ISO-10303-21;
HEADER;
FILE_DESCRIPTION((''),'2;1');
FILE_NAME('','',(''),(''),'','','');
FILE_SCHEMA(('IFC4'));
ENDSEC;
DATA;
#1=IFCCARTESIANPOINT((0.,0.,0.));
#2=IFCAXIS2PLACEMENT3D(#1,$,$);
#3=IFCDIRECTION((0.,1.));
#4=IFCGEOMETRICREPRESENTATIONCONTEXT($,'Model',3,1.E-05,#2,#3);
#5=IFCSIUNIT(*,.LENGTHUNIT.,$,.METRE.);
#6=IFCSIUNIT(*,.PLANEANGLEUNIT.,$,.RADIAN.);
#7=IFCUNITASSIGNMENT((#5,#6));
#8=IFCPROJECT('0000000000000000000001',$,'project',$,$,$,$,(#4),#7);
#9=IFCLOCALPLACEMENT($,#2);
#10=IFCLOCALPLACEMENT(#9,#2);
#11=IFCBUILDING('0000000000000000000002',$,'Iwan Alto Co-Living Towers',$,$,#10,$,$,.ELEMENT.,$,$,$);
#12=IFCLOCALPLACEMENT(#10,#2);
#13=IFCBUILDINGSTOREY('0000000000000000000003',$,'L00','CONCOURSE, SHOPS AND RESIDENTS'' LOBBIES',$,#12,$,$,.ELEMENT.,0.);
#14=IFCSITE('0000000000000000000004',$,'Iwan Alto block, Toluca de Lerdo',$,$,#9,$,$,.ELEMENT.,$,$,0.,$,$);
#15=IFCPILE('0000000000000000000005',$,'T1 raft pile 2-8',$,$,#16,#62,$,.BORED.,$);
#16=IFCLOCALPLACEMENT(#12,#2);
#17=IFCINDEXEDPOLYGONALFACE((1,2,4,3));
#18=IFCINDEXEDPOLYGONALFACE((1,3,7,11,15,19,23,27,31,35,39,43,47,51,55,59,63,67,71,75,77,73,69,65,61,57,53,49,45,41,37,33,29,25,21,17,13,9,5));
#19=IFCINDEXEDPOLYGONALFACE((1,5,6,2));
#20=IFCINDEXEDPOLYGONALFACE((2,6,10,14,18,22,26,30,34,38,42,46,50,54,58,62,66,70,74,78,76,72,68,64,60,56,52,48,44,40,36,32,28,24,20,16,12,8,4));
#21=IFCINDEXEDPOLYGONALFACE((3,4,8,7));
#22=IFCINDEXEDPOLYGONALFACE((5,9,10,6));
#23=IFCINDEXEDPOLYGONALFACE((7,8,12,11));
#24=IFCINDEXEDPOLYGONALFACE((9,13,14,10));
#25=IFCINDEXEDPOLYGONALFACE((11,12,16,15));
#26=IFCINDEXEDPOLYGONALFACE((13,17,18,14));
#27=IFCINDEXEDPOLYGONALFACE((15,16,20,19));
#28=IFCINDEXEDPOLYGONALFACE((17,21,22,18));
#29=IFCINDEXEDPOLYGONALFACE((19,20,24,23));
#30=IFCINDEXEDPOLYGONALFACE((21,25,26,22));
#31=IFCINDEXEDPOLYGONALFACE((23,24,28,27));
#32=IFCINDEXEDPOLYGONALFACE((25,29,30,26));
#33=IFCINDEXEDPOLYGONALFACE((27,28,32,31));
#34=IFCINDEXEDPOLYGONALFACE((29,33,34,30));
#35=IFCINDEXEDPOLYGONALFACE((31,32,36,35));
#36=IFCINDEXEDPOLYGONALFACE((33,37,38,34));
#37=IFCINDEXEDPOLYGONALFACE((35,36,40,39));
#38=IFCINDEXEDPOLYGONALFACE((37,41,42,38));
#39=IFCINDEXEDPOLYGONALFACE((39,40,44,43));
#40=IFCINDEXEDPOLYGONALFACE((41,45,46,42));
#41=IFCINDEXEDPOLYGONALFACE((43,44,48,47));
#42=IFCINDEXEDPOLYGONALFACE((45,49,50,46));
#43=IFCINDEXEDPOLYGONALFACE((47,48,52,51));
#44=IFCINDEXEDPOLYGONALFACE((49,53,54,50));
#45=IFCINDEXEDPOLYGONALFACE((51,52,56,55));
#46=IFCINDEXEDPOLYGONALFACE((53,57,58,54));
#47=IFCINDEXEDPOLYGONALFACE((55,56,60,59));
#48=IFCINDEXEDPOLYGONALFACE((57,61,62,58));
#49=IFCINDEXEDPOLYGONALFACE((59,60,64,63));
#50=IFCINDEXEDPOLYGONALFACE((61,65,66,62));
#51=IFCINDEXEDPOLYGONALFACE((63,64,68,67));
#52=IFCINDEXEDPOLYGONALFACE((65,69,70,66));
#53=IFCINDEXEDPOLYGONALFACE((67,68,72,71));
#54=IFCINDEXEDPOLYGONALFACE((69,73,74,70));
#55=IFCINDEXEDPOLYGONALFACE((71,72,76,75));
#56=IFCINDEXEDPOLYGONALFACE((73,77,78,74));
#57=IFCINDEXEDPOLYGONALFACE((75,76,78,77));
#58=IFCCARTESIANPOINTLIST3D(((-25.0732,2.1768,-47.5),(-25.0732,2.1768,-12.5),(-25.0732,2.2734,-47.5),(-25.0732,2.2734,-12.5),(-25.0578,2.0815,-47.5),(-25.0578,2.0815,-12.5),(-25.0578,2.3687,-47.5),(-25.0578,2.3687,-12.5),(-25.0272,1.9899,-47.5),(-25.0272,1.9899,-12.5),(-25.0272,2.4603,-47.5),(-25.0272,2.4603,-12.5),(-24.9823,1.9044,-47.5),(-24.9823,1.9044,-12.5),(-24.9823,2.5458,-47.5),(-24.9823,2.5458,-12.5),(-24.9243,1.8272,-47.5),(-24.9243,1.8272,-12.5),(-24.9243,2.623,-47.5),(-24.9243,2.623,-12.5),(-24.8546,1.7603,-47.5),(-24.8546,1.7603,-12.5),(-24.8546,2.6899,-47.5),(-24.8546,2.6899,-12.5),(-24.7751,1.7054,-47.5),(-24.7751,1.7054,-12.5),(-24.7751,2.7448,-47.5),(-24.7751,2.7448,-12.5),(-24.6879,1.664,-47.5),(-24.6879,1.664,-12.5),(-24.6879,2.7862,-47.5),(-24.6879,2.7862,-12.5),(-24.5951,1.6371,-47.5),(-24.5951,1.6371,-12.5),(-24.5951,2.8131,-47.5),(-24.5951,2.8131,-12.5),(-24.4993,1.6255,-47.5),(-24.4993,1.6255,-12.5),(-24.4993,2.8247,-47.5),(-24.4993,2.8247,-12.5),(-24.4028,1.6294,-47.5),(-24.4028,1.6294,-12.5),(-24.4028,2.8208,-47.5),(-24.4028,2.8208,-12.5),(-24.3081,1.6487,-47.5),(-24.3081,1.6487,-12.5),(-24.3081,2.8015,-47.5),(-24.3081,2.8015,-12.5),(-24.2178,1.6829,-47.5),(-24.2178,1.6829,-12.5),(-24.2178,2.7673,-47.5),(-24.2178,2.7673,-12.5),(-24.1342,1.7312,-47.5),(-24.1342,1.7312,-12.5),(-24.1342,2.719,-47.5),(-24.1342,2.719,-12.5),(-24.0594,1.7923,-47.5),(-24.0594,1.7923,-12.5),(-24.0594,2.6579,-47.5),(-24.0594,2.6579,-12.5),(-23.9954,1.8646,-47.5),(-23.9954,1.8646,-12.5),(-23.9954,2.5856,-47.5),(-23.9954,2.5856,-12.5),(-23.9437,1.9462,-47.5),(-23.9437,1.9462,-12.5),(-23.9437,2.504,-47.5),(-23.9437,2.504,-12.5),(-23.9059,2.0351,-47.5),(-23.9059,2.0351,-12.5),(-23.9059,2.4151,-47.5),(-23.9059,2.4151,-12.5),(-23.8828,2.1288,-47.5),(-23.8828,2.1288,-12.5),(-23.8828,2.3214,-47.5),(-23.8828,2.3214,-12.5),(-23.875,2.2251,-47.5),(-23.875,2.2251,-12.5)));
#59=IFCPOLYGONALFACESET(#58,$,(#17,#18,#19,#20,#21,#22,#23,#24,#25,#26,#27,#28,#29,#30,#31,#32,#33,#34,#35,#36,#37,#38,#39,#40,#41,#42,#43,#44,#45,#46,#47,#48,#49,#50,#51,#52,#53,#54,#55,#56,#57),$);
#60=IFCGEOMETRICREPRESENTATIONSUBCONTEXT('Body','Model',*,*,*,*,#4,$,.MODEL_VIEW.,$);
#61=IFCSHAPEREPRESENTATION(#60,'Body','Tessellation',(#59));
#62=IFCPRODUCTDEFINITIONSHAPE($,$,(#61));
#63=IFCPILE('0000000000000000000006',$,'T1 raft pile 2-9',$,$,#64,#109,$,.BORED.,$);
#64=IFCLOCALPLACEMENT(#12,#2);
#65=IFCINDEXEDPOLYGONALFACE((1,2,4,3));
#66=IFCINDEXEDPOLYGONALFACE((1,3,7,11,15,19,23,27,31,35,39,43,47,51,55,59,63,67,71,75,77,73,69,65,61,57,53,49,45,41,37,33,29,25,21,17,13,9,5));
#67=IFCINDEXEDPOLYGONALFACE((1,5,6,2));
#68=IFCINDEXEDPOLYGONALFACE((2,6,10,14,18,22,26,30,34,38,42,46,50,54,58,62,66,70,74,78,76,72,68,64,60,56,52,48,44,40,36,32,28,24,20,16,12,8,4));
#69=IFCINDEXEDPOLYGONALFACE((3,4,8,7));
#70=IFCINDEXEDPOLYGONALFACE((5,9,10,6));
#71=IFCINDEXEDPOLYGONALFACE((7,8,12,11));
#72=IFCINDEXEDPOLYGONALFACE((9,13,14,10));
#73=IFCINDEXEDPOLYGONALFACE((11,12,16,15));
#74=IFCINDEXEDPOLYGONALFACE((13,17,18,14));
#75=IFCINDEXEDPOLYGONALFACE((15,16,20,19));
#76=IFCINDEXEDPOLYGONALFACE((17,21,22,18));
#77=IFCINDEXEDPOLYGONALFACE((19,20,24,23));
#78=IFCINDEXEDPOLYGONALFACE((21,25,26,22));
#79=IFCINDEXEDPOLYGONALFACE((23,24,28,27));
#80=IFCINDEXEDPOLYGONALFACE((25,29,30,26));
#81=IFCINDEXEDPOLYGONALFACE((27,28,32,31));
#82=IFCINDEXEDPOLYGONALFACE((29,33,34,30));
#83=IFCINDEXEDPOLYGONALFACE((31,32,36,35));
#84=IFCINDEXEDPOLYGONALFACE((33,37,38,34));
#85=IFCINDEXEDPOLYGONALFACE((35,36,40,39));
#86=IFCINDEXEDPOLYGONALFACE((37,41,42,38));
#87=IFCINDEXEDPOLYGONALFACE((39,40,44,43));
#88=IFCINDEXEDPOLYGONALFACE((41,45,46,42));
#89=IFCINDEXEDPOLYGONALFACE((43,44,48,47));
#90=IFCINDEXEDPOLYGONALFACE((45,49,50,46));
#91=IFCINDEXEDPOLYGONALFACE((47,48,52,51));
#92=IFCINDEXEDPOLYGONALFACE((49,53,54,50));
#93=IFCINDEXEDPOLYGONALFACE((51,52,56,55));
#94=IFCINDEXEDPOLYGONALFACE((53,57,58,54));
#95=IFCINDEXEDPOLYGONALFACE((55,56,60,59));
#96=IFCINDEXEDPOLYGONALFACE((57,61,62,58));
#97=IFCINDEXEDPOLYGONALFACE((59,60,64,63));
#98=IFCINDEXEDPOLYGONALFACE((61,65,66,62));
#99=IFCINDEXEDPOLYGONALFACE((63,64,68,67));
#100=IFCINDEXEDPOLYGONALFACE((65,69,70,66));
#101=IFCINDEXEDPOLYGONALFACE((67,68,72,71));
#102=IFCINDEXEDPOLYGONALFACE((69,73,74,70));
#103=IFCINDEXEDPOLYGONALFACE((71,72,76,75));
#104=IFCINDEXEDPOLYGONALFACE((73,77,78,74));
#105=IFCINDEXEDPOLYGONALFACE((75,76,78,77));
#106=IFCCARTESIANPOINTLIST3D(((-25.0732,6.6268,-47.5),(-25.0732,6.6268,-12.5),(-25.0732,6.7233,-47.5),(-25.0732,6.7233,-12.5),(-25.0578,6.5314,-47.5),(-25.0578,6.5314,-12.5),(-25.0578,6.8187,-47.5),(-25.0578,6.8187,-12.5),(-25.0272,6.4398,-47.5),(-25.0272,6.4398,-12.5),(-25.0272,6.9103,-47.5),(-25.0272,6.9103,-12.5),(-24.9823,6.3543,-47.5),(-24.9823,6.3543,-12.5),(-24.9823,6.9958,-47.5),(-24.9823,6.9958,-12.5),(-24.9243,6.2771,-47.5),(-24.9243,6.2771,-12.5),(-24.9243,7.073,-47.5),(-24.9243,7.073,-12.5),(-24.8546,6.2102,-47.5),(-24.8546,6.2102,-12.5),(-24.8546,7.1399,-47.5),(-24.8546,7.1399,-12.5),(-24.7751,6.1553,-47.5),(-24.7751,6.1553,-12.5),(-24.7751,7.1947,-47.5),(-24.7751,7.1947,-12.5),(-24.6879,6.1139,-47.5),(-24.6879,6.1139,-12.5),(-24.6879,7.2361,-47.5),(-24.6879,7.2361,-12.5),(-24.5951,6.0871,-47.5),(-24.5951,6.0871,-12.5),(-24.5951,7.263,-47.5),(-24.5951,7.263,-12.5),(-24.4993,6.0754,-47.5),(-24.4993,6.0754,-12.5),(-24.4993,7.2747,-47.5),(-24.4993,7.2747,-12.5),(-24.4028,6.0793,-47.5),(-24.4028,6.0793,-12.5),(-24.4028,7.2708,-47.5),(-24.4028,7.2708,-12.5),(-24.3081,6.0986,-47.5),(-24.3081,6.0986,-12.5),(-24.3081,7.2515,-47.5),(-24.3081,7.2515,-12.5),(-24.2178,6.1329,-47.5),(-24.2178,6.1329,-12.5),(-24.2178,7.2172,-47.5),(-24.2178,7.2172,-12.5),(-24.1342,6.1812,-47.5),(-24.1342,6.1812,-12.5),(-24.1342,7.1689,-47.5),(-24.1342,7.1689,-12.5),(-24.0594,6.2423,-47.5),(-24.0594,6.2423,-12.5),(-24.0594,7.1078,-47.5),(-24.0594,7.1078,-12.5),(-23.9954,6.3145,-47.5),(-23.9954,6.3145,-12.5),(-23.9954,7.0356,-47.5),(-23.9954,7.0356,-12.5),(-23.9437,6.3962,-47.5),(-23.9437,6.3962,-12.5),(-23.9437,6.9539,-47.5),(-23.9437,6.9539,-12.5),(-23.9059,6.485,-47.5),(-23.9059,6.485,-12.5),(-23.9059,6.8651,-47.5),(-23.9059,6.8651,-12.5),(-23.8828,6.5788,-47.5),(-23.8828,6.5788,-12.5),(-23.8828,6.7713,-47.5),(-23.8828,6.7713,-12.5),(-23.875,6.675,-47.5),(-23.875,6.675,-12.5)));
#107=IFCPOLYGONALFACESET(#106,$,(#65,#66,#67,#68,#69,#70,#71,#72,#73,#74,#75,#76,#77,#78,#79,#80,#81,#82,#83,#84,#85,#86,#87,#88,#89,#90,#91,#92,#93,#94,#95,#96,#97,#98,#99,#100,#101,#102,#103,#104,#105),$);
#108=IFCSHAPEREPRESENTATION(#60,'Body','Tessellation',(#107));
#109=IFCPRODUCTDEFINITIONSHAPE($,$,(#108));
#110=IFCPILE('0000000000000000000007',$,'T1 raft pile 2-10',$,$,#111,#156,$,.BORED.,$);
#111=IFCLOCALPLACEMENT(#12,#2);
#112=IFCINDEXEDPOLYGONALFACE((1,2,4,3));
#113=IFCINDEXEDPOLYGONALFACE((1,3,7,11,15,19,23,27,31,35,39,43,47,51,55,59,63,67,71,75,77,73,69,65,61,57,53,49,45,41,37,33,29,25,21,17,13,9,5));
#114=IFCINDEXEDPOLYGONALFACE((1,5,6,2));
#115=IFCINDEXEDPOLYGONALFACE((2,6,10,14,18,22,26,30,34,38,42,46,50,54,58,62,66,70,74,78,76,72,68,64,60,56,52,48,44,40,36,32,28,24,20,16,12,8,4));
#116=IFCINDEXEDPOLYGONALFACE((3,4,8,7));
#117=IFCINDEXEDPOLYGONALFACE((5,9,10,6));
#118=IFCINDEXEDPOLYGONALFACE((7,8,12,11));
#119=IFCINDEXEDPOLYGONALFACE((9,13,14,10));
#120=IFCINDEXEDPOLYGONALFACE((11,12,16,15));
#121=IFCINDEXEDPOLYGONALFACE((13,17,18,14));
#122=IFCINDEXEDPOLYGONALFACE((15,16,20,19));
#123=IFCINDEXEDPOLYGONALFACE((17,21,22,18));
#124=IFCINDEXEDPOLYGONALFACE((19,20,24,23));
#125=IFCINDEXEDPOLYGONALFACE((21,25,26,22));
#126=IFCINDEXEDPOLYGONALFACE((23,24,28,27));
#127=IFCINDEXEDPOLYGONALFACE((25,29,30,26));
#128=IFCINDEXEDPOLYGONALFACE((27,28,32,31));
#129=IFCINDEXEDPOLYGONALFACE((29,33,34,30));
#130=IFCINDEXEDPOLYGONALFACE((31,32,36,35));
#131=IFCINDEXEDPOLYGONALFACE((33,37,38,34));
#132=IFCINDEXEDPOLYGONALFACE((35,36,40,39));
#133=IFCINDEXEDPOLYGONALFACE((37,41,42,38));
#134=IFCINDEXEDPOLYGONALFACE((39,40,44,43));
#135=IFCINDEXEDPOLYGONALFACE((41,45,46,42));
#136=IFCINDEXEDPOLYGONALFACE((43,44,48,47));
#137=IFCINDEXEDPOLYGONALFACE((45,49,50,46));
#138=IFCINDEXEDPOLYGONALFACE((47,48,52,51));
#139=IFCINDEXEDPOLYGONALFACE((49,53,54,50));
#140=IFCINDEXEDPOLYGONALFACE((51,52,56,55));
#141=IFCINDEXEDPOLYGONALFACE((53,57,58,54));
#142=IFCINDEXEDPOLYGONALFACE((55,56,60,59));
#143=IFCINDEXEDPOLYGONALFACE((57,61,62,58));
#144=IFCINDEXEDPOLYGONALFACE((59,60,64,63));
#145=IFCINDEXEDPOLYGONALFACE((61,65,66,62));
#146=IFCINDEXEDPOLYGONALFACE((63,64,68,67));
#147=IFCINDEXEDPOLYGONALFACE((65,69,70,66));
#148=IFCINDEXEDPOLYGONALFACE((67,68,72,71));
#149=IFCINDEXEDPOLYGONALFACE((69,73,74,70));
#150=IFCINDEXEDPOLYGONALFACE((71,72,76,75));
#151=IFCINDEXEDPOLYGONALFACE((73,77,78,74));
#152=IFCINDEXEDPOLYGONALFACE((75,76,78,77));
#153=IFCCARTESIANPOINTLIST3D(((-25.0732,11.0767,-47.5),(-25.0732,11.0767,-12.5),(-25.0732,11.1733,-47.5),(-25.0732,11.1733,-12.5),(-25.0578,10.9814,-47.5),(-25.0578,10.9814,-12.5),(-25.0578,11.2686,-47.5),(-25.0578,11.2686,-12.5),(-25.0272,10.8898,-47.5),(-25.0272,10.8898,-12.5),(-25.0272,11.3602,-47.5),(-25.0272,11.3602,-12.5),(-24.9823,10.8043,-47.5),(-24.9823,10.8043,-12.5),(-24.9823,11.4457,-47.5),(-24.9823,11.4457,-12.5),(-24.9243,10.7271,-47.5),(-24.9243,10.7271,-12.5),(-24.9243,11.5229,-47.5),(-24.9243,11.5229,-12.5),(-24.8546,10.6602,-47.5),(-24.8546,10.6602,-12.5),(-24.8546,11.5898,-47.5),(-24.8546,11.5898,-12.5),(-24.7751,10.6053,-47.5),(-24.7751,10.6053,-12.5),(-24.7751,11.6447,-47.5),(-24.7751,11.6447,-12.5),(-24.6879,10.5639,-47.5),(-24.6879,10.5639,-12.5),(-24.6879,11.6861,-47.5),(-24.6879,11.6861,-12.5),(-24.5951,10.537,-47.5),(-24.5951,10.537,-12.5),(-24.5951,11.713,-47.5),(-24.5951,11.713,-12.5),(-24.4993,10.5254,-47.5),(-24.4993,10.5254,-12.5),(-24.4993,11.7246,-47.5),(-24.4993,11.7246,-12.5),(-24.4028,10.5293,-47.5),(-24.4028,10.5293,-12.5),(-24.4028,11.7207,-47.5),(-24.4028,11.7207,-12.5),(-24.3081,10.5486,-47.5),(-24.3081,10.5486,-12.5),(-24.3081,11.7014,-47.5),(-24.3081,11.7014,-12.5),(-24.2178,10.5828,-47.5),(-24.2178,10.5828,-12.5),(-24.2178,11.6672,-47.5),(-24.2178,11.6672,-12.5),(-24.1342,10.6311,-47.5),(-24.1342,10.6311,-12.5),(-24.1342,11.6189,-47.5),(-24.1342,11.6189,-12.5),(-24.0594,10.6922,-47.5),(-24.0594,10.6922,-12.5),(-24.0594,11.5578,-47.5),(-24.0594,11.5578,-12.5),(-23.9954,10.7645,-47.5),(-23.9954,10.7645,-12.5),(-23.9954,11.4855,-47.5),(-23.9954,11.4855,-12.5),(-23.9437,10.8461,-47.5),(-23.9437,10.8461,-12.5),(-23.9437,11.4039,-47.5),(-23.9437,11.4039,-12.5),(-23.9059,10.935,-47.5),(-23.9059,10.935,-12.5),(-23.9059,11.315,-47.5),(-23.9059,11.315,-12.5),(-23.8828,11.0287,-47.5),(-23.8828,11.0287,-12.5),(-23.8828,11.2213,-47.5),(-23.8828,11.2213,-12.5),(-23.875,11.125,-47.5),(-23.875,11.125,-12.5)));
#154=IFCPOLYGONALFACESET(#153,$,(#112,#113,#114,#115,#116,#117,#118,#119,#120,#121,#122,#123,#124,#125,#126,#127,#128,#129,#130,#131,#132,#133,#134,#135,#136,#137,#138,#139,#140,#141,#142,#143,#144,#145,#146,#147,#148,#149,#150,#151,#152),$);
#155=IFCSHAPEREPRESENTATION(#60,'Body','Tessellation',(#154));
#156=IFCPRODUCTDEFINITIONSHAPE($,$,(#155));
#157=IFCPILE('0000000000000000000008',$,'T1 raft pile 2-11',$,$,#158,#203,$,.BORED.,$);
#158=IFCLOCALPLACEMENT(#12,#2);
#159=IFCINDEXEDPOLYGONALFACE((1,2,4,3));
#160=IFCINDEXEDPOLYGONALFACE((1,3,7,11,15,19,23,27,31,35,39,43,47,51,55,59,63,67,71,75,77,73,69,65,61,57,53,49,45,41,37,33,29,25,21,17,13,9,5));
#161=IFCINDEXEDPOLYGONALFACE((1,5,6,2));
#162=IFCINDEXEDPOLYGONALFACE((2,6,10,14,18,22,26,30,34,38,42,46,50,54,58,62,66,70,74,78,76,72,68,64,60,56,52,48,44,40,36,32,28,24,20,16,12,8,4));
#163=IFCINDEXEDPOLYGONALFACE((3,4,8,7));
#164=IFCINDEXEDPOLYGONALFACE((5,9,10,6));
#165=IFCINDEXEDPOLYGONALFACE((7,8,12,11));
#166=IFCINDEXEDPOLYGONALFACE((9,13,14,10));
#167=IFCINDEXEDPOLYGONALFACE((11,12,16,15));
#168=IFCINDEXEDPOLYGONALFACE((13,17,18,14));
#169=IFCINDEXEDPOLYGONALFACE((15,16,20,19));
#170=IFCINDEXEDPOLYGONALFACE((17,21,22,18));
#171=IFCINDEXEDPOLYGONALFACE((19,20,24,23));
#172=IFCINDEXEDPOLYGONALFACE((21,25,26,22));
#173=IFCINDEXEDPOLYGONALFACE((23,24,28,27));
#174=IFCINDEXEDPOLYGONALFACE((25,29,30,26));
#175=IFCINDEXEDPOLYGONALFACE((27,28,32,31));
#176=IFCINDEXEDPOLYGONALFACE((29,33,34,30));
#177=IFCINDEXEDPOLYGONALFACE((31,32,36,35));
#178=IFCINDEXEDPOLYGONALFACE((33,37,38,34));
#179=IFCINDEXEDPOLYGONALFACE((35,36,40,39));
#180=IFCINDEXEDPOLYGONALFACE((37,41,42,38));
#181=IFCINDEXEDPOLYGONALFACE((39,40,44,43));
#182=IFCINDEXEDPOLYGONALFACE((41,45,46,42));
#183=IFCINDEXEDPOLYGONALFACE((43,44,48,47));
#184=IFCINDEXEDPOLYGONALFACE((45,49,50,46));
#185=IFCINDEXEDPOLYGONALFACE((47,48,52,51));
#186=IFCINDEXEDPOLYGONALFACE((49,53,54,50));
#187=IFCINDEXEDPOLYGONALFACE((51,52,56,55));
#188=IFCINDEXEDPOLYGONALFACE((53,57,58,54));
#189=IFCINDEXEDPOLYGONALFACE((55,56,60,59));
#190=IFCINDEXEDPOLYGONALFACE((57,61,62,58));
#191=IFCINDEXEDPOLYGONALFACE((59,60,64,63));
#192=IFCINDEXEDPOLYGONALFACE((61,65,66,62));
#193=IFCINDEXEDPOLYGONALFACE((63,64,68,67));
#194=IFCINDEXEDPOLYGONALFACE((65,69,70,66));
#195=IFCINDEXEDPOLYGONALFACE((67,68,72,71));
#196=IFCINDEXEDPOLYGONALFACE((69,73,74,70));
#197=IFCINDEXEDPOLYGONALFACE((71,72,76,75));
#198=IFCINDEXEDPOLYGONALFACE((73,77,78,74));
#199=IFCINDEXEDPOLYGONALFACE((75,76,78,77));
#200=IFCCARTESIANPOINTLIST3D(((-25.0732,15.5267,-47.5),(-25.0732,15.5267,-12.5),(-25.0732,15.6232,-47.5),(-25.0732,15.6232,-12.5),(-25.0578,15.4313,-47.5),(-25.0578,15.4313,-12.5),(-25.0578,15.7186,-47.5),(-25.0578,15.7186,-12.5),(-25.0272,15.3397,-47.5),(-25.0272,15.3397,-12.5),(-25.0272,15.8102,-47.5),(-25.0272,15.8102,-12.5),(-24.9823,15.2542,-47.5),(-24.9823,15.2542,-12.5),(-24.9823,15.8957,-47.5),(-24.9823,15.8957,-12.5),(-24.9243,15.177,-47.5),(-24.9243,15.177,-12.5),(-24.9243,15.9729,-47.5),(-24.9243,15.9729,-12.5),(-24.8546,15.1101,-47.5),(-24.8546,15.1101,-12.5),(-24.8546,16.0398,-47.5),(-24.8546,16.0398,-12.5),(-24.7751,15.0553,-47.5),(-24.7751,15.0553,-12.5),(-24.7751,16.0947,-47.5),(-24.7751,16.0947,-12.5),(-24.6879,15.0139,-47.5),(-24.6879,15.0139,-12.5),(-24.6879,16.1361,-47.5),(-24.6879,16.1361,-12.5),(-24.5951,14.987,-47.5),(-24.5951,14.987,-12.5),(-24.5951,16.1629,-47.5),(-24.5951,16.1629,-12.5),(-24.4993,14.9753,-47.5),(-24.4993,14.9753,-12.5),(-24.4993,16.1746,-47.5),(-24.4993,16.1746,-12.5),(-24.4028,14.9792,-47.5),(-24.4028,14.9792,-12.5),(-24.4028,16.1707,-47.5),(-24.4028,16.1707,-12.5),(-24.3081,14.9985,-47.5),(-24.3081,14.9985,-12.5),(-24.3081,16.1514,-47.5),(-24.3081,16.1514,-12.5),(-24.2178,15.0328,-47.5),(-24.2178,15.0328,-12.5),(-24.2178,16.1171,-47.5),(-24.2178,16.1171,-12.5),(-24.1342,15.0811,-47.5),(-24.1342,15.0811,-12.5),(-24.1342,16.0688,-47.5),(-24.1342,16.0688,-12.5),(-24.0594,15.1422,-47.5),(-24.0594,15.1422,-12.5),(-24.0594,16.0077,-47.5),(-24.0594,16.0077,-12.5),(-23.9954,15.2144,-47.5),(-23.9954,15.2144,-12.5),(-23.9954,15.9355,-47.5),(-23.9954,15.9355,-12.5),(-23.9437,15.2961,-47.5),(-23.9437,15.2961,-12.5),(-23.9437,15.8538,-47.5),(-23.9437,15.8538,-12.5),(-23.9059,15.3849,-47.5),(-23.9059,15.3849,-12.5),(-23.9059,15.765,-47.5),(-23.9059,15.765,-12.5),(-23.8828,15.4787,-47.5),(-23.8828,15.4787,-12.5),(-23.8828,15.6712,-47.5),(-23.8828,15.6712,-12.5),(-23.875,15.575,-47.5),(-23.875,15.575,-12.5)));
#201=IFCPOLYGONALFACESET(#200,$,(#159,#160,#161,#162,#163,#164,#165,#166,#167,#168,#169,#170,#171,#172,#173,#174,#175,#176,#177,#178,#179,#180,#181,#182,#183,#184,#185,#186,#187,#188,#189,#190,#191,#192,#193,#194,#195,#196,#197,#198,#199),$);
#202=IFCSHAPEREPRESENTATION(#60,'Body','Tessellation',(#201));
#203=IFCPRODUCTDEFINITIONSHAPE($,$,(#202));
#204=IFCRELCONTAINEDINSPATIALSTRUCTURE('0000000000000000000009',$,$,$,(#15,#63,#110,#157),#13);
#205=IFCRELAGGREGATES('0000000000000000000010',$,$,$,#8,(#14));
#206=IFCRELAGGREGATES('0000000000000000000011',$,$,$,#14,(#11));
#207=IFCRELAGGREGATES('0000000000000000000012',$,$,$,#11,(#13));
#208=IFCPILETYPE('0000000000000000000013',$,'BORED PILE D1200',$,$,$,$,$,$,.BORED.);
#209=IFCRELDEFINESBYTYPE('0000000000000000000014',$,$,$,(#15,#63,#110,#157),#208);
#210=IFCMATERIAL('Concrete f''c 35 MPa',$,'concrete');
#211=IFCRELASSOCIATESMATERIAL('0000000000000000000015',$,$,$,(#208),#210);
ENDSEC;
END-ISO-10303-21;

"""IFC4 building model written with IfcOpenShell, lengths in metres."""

from ifc_helpers import new_model, si_unit, direction, frame, origin, origin_2d, place, context, subcontext, project, spatial, circle, extrude, material, material_profile, profile_set, type_object, element, save


model = new_model("IFC4")

# Units and contexts
model_context = context("Model", 3, precision=1e-05, world=origin(), true_north=direction((0.0, 1.0)))
body_context = subcontext(model_context, "Body", "Model", "MODEL_VIEW")
ifc_project = project(units=[si_unit("LENGTHUNIT", "METRE"), si_unit("PLANEANGLEUNIT", "RADIAN")], contexts=[model_context])

# Site, building, storey
site_placement = place(None, origin())
site = spatial("IfcSite", under=ifc_project, at=site_placement, Name="Iwan Alto block, Toluca de Lerdo", CompositionType="ELEMENT", RefElevation=0.0)
building_placement = place(site_placement, origin())
building = spatial("IfcBuilding", under=site, at=building_placement, Name="Iwan Alto Co-Living Towers", CompositionType="ELEMENT")
storey_placement = place(building_placement, origin())
storey = spatial("IfcBuildingStorey", under=building, at=storey_placement, Name="L00", Description="CONCOURSE, SHOPS AND RESIDENTS' LOBBIES", CompositionType="ELEMENT", Elevation=0.0)

# Piles
ifc_material_1 = material(Name="Concrete f'c 35 MPa", Category="concrete")
ifc_material_profile_1 = material_profile(ifc_material_1, circle(Radius=0.6001, at=origin_2d()), Name="D1200")
ifc_profile_set_1 = profile_set([ifc_material_profile_1], Name="Concrete f'c 35 MPa")
pile_type_1 = type_object("IfcPileType", Name="BORED PILE D1200", PredefinedType="BORED", material=ifc_profile_set_1)
for number, where, z_axis, x_axis, name in (
    (1, (-24.4751, 2.2251, -12.5), (0.0, 0.0, -1.0), (1.0, 0.0, 0.0), "T1 raft pile 2-8"),
    (2, (-24.4751, 6.675, -12.5), (0.0, 0.0, -1.0), (1.0, 0.0, 0.0), "T1 raft pile 2-9"),
    (3, (-24.4751, 11.125, -12.5), (0.0, 0.0, -1.0), (1.0, 0.0, 0.0), "T1 raft pile 2-10"),
    (4, (-24.4751, 15.575, -12.5), (0.0, 0.0, -1.0), (1.0, 0.0, 0.0), "T1 raft pile 2-11"),
):
    element("IfcPile", number, at=place(storey_placement, frame(where, z_axis=z_axis, x_axis=x_axis)), inside=storey, type_object=pile_type_1, Name=name, PredefinedType="BORED", context=body_context, shape_type="SweptSolid", body=[
        extrude(circle(Radius=0.6001, at=origin_2d()), origin(), (0.0, 0.0, 1.0), 35.0),
    ])

save(model, "model.ifc")
